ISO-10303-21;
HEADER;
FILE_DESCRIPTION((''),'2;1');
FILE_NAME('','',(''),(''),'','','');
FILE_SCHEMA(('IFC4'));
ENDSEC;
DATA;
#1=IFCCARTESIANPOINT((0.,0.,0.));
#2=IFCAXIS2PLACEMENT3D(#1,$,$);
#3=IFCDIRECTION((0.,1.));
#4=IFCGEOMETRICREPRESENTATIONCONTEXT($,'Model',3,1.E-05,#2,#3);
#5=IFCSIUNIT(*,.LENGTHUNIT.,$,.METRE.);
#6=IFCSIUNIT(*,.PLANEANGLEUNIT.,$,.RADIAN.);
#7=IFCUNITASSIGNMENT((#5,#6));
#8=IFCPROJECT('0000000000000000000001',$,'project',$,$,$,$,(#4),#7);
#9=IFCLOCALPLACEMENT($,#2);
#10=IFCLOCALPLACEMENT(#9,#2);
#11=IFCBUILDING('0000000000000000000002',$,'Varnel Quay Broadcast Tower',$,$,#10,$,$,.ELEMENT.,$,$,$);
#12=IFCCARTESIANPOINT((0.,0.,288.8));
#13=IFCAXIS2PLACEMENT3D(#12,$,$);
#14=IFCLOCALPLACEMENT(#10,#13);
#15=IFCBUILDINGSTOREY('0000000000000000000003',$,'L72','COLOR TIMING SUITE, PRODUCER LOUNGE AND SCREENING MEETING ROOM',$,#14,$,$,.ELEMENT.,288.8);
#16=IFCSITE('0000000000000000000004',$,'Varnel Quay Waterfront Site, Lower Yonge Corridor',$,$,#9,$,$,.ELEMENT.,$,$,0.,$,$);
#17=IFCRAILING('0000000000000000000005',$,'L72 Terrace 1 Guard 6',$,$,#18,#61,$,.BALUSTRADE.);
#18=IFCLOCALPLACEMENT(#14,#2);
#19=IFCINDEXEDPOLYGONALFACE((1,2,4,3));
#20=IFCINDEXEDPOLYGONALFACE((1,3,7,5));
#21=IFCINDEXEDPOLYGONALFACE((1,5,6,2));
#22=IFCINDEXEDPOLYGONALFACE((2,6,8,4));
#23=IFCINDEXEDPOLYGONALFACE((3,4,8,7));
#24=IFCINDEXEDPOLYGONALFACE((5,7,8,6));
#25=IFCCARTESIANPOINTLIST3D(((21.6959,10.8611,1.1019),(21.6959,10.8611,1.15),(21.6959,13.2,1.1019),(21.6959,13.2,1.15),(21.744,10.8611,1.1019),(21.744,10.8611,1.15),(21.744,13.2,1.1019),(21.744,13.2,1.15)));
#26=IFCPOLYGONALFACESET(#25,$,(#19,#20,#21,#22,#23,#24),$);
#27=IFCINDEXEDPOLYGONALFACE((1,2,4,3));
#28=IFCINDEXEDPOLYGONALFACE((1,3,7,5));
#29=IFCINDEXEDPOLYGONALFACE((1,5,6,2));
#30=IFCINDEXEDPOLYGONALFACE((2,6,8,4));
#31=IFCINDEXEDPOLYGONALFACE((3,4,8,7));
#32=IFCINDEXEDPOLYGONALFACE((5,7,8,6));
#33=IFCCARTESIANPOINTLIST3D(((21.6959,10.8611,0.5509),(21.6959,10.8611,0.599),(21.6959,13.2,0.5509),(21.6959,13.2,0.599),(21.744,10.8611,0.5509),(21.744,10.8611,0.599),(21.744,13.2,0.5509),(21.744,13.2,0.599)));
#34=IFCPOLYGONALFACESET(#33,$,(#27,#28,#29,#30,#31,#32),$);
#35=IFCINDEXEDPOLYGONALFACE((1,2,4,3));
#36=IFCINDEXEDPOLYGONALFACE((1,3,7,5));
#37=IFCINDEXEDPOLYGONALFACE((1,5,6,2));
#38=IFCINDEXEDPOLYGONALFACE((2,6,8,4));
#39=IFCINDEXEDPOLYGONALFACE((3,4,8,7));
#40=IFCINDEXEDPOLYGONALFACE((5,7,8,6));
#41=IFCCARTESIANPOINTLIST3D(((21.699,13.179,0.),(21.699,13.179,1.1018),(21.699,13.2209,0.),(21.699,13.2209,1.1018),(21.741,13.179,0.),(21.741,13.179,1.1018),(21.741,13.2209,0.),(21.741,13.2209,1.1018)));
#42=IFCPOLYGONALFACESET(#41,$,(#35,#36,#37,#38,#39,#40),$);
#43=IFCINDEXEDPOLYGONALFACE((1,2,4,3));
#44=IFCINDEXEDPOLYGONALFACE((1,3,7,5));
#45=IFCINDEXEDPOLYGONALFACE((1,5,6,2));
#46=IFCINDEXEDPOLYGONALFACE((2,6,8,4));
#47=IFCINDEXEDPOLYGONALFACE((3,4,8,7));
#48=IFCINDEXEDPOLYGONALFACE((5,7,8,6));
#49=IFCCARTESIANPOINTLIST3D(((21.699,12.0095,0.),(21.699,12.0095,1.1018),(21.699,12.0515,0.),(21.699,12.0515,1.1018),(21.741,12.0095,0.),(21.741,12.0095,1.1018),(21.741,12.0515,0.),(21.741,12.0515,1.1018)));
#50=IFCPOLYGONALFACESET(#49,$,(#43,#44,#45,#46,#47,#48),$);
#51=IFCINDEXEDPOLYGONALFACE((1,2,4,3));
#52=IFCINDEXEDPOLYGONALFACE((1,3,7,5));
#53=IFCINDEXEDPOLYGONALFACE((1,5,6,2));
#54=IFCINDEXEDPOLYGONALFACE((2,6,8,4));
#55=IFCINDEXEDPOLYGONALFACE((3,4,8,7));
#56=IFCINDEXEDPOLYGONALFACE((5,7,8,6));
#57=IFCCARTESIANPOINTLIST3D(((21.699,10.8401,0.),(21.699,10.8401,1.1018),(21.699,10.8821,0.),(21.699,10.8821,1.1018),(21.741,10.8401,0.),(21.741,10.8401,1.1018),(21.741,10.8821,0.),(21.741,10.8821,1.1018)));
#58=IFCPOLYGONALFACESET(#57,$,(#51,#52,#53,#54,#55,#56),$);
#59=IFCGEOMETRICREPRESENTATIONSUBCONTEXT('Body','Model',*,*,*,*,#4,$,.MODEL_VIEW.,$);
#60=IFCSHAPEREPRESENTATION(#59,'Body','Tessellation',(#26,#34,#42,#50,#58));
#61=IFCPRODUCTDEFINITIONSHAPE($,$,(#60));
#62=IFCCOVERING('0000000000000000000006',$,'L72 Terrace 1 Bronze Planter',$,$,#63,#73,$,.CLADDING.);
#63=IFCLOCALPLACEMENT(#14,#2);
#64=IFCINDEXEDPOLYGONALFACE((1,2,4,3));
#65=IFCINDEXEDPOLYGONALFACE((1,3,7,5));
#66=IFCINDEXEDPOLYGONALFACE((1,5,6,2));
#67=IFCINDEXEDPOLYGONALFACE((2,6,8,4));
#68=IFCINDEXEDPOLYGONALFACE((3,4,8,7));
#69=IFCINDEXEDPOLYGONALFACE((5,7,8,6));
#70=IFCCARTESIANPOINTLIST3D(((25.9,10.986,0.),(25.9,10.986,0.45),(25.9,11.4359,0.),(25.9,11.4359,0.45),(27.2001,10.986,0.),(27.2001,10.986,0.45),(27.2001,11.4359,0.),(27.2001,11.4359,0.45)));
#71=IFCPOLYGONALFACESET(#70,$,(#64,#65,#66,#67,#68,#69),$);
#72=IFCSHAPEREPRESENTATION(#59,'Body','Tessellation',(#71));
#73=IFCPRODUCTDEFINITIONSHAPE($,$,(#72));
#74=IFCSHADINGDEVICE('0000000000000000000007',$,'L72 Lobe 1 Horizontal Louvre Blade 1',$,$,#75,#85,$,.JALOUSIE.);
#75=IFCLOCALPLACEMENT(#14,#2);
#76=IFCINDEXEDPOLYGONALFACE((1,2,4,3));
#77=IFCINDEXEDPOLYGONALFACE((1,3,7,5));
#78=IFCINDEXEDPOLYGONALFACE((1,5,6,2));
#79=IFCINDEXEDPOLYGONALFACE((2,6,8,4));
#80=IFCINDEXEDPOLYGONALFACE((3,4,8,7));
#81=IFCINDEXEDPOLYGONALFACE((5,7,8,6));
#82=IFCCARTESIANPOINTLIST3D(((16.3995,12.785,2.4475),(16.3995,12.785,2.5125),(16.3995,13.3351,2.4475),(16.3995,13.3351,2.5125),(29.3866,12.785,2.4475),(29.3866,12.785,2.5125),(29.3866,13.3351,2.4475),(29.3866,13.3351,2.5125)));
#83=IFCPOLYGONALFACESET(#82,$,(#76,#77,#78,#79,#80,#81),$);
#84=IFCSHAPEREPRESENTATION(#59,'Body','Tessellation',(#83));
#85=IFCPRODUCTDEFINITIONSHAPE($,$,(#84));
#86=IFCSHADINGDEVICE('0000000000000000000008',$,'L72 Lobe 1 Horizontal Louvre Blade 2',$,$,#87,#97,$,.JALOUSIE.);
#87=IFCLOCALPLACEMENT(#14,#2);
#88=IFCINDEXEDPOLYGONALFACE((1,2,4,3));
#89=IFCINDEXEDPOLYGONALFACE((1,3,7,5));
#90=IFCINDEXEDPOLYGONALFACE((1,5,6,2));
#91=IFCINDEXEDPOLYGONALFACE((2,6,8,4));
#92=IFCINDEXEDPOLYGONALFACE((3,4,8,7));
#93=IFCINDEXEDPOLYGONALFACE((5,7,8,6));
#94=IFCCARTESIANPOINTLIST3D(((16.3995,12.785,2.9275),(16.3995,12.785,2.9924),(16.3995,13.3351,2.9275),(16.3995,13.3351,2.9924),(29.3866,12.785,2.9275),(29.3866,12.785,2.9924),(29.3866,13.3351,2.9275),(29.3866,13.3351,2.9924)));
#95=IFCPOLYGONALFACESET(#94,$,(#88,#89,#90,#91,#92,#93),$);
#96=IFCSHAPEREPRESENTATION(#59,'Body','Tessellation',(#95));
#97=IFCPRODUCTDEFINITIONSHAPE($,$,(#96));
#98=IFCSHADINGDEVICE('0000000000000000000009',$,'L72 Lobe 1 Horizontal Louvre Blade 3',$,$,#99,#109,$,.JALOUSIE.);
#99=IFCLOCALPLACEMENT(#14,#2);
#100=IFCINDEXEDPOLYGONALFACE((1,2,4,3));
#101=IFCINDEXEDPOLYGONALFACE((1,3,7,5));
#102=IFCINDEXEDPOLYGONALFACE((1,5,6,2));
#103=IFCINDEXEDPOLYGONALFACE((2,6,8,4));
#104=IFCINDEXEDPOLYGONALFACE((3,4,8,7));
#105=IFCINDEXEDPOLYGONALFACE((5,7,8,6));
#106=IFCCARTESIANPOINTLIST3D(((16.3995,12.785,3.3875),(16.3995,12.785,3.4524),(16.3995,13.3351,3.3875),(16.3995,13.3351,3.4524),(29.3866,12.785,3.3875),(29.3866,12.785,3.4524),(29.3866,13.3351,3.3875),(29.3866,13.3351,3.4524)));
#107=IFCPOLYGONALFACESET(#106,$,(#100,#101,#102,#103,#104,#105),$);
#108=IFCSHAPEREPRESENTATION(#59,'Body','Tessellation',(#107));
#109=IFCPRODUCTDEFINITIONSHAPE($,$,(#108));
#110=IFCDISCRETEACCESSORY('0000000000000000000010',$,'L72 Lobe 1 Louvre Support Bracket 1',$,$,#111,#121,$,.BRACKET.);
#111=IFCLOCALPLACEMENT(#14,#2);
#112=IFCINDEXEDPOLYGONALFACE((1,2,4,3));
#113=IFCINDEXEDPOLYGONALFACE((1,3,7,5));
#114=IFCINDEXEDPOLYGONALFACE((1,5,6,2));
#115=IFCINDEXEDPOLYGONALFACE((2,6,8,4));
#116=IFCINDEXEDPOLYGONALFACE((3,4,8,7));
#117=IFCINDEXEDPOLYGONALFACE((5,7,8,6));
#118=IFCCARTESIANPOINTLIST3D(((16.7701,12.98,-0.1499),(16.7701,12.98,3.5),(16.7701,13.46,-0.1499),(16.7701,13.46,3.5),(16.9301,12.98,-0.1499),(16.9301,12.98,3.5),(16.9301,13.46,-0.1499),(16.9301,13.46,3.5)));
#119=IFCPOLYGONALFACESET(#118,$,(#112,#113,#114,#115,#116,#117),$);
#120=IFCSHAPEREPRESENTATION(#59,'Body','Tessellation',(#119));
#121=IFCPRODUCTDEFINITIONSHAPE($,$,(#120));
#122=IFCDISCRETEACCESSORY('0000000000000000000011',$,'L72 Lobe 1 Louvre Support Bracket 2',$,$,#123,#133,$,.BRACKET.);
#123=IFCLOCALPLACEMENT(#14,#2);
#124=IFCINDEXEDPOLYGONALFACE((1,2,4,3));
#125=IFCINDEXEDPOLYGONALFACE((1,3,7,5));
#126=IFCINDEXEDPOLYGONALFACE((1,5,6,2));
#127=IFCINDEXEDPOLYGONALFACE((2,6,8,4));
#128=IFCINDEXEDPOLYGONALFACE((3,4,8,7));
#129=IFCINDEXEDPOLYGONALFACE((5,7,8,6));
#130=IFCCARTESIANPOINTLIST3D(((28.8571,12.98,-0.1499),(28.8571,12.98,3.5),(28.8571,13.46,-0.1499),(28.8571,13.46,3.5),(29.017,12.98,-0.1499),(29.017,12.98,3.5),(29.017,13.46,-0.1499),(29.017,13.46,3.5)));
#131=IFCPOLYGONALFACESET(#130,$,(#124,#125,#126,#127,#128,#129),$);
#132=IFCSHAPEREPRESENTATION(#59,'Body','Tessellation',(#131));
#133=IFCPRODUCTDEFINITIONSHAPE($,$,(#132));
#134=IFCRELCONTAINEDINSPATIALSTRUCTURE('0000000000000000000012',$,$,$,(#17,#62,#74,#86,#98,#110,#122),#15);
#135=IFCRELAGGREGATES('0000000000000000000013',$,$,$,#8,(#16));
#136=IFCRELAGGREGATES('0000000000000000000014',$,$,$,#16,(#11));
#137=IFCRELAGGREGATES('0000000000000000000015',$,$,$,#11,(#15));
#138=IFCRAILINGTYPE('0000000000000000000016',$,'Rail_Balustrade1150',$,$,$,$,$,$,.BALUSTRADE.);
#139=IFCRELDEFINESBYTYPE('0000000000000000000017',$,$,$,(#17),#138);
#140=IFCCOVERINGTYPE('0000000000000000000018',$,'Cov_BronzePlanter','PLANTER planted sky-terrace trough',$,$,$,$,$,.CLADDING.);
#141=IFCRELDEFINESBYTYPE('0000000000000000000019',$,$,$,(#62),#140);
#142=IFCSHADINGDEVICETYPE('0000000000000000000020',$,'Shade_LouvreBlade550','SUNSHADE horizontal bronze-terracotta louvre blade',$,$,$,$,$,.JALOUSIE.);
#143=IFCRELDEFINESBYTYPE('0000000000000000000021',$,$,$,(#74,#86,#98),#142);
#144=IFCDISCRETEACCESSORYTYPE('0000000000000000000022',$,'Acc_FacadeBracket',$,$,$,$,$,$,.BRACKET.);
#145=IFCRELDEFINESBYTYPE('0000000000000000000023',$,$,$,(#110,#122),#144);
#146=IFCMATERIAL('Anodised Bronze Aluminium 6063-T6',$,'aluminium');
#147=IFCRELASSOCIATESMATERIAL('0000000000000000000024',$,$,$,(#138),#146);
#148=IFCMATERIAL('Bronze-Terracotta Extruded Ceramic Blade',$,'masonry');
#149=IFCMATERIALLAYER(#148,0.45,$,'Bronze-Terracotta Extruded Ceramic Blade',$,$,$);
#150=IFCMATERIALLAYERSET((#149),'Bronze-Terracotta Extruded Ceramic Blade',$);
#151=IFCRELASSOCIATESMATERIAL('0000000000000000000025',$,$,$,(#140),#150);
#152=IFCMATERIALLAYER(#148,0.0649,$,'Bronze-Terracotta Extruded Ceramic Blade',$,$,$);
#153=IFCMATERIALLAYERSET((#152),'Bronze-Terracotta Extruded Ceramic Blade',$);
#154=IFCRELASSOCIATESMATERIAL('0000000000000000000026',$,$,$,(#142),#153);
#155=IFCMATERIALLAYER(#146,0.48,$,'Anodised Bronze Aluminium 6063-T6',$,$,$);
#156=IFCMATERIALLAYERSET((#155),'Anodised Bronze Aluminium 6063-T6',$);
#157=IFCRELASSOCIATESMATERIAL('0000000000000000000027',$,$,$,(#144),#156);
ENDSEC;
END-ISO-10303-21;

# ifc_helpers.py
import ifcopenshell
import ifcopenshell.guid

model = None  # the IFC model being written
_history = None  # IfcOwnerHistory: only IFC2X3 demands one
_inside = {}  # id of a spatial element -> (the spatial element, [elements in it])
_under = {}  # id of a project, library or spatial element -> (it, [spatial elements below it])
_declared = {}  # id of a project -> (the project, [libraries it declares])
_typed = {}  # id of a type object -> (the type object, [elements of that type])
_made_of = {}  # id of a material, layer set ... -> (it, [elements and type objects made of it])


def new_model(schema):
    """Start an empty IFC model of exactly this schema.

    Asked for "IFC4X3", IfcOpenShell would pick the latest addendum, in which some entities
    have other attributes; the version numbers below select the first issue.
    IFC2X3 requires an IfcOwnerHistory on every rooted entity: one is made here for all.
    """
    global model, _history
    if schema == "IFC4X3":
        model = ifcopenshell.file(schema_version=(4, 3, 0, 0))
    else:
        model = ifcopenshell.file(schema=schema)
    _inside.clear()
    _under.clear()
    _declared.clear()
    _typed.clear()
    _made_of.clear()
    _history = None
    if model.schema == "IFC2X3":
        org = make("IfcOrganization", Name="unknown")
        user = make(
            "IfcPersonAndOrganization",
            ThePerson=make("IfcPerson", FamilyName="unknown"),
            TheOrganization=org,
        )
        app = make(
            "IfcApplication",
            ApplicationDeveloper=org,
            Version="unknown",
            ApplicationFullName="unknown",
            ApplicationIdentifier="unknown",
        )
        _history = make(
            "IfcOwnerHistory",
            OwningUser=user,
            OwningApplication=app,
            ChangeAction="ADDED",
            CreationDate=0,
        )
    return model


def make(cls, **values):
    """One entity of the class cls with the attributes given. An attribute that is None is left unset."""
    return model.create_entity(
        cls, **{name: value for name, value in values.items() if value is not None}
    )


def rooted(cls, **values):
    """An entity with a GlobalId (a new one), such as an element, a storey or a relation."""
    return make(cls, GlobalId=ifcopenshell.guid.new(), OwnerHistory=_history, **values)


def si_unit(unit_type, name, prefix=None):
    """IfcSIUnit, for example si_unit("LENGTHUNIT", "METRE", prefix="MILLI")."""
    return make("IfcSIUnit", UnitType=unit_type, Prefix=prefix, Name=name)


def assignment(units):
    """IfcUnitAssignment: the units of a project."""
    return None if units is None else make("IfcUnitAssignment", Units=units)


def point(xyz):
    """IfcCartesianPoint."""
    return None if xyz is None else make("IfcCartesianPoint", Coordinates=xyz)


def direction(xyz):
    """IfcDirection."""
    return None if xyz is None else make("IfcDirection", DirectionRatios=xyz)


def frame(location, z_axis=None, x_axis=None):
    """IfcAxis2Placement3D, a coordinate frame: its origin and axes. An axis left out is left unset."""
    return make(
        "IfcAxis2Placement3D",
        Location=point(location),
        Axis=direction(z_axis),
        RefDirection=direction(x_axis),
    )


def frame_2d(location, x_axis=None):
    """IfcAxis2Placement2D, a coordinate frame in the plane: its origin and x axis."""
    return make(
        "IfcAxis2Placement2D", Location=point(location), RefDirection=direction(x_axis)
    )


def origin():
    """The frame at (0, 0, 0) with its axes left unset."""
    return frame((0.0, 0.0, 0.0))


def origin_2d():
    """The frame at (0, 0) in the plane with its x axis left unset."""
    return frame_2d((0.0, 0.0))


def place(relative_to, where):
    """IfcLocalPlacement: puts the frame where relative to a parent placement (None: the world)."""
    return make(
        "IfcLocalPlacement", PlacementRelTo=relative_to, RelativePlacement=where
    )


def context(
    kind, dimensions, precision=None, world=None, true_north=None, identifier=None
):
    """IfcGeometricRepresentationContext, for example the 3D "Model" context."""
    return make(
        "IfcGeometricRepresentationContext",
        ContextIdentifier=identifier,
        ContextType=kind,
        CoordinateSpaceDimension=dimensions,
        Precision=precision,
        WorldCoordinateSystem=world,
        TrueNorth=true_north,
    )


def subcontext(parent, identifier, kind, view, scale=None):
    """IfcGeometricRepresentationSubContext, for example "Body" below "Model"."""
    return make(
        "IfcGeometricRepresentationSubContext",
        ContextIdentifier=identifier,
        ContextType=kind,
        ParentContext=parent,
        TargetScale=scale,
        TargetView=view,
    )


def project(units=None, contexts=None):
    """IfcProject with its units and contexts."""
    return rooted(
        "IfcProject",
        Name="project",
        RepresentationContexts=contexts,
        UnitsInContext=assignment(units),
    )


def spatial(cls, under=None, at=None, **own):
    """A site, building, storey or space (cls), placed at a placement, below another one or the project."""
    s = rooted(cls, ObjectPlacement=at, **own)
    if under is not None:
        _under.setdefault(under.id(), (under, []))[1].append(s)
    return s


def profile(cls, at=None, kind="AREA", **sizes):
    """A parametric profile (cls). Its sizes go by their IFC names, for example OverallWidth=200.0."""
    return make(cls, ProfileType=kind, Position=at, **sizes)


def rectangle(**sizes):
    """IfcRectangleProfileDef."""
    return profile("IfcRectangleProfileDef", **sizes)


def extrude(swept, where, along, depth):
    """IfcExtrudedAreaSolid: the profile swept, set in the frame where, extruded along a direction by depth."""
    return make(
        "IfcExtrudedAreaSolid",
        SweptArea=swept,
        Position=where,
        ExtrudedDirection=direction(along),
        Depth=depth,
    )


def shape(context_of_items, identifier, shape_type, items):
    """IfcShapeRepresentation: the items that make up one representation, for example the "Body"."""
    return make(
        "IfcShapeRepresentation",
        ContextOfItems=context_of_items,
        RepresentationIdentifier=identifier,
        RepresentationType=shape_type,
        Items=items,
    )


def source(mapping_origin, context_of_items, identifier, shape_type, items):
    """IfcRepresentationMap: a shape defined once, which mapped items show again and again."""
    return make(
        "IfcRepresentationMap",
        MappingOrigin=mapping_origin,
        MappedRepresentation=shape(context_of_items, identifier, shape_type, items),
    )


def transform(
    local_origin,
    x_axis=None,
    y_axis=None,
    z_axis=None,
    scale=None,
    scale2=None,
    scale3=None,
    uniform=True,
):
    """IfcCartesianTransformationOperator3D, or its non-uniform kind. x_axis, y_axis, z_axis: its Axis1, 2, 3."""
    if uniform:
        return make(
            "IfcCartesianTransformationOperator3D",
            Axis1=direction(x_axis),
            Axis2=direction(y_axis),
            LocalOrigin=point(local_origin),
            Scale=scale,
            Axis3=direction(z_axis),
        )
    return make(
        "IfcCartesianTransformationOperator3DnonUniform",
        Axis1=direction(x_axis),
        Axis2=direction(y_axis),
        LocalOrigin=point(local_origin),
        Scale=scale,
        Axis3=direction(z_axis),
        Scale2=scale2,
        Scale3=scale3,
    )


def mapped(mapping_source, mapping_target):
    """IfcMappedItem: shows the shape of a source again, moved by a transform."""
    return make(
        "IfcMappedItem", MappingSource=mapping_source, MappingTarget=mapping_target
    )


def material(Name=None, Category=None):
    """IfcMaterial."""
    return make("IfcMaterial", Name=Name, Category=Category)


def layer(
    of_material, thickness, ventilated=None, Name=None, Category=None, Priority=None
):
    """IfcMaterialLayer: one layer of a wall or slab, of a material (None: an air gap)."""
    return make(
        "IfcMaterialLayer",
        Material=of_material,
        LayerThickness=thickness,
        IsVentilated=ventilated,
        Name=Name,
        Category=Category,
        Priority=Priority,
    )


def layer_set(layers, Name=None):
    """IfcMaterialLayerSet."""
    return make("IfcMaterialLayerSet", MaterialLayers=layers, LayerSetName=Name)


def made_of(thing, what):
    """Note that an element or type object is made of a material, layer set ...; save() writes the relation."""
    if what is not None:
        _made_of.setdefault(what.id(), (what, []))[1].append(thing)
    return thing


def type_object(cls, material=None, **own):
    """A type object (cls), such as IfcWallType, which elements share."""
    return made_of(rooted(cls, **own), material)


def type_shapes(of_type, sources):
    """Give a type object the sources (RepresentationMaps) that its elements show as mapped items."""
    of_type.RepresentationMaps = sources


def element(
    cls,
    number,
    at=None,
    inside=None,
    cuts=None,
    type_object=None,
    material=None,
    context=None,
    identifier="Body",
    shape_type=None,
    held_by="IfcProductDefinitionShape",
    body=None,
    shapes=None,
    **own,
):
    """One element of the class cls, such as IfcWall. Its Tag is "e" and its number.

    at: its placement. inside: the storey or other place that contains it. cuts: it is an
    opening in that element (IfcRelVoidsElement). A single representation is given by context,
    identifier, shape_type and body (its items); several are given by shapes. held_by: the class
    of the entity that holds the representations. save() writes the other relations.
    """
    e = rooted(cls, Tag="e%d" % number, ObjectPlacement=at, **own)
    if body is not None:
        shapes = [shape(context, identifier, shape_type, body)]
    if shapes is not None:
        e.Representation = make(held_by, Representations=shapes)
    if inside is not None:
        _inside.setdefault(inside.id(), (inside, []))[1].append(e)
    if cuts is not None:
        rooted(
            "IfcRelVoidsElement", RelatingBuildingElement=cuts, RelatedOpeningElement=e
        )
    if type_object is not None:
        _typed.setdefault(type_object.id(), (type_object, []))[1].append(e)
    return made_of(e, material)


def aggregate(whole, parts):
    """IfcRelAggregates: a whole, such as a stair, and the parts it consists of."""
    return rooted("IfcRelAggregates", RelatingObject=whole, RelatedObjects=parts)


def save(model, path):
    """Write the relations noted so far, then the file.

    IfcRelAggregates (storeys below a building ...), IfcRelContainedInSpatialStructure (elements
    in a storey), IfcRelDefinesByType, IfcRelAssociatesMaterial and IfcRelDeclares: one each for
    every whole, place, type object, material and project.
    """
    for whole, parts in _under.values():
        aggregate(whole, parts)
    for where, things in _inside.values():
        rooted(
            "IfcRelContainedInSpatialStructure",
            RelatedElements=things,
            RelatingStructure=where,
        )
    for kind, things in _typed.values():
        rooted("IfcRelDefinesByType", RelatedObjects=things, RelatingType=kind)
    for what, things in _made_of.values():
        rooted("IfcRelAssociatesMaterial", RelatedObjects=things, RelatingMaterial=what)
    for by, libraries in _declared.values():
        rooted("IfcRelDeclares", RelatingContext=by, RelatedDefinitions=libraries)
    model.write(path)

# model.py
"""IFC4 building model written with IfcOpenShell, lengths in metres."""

from ifc_helpers import new_model, si_unit, direction, frame, origin, origin_2d, place, context, subcontext, project, spatial, rectangle, extrude, source, transform, mapped, material, layer, layer_set, type_object, type_shapes, element, save


model = new_model("IFC4")

# Units and contexts
model_context = context("Model", 3, precision=1e-05, world=origin(), true_north=direction((0.0, 1.0)))
body_context = subcontext(model_context, "Body", "Model", "MODEL_VIEW")
ifc_project = project(units=[si_unit("LENGTHUNIT", "METRE"), si_unit("PLANEANGLEUNIT", "RADIAN")], contexts=[model_context])

# Site, building, storey
site_placement = place(None, origin())
site = spatial("IfcSite", under=ifc_project, at=site_placement, Name="Varnel Quay Waterfront Site, Lower Yonge Corridor", CompositionType="ELEMENT", RefElevation=0.0)
building_placement = place(site_placement, origin())
building = spatial("IfcBuilding", under=site, at=building_placement, Name="Varnel Quay Broadcast Tower", CompositionType="ELEMENT")
storey_placement = place(building_placement, frame((0.0, 0.0, 288.8)))
storey = spatial("IfcBuildingStorey", under=building, at=storey_placement, Name="L72", Description="COLOR TIMING SUITE, PRODUCER LOUNGE AND SCREENING MEETING ROOM", CompositionType="ELEMENT", Elevation=288.8)

# Shared definitions
ifc_material_1 = material(Name="Anodised Bronze Aluminium 6063-T6", Category="aluminium")

# Railing
railing_type = type_object("IfcRailingType", Name="Rail_Balustrade1150", PredefinedType="BALUSTRADE", material=ifc_material_1)
railing_1_placement = place(storey_placement, frame((21.72, 13.2, 0.0)))
element("IfcRailing", 1, at=railing_1_placement, inside=storey, type_object=railing_type, Name="L72 Terrace 1 Guard 6", PredefinedType="BALUSTRADE", context=body_context, shape_type="SweptSolid", body=[
    extrude(rectangle(XDim=0.0481, YDim=0.0481, at=origin_2d()), frame((0.0, 0.0, 1.126), z_axis=(0.0, -1.0, 0.0), x_axis=(1.0, 0.0, 0.0)), (0.0, 0.0, 1.0), 2.3389),
    extrude(rectangle(XDim=0.0481, YDim=0.0481, at=origin_2d()), frame((0.0, 0.0, 0.575), z_axis=(0.0, -1.0, 0.0), x_axis=(1.0, 0.0, 0.0)), (0.0, 0.0, 1.0), 2.3389),
    extrude(rectangle(XDim=0.042, YDim=0.042, at=origin_2d()), origin(), (0.0, 0.0, 1.0), 1.1018),
    extrude(rectangle(XDim=0.042, YDim=0.042, at=origin_2d()), frame((0.0, -1.1694, 0.0)), (0.0, 0.0, 1.0), 1.1018),
    extrude(rectangle(XDim=0.042, YDim=0.042, at=origin_2d()), frame((0.0, -2.3389, 0.0)), (0.0, 0.0, 1.0), 1.1018),
])

# Covering
ifc_material_2 = material(Name="Bronze-Terracotta Extruded Ceramic Blade", Category="masonry")
ifc_layer_1 = layer(ifc_material_2, 0.45, Name="Bronze-Terracotta Extruded Ceramic Blade")
ifc_layer_set_1 = layer_set([ifc_layer_1], Name="Bronze-Terracotta Extruded Ceramic Blade")
covering_type = type_object("IfcCoveringType", Name="Cov_BronzePlanter", Description="PLANTER planted sky-terrace trough", PredefinedType="CLADDING", material=ifc_layer_set_1)
shared_shape_1 = source(origin(), body_context, "Body", "SweptSolid", [
    extrude(rectangle(XDim=1.3, YDim=0.45, at=origin_2d()), origin(), (0.0, 0.0, 1.0), 0.45),
])
type_shapes(covering_type, [shared_shape_1])
covering_placement = place(storey_placement, frame((26.55, 11.2109, 0.0), z_axis=(0.0, 0.0, 1.0), x_axis=(1.0, 0.0, 0.0)))
element("IfcCovering", 2, at=covering_placement, inside=storey, type_object=covering_type, Name="L72 Terrace 1 Bronze Planter", PredefinedType="CLADDING", context=body_context, shape_type="MappedRepresentation", body=[
    mapped(shared_shape_1, transform((0.0, 0.0, 0.0), x_axis=(1.0, 0.0, 0.0), y_axis=(0.0, 1.0, 0.0), z_axis=(0.0, 0.0, 1.0), scale=1.0)),
])

# Shading devices
ifc_layer_2 = layer(ifc_material_2, 0.0649, Name="Bronze-Terracotta Extruded Ceramic Blade")
ifc_layer_set_2 = layer_set([ifc_layer_2], Name="Bronze-Terracotta Extruded Ceramic Blade")
shading_device_type = type_object("IfcShadingDeviceType", Name="Shade_LouvreBlade550", Description="SUNSHADE horizontal bronze-terracotta louvre blade", PredefinedType="JALOUSIE", material=ifc_layer_set_2)
shared_shape_2 = source(origin(), body_context, "Body", "SweptSolid", [
    extrude(rectangle(XDim=12.9871, YDim=0.55, at=origin_2d()), origin(), (0.0, 0.0, 1.0), 0.0649),
])
type_shapes(shading_device_type, [shared_shape_2])
for number, where, z_axis, x_axis, name in (
    (3, (22.8931, 13.0601, 2.4475), (0.0, 0.0, 1.0), (1.0, 0.0, 0.0), "L72 Lobe 1 Horizontal Louvre Blade 1"),
    (4, (22.8931, 13.0601, 2.9275), (0.0, 0.0, 1.0), (1.0, 0.0, 0.0), "L72 Lobe 1 Horizontal Louvre Blade 2"),
    (5, (22.8931, 13.0601, 3.3875), (0.0, 0.0, 1.0), (1.0, 0.0, 0.0), "L72 Lobe 1 Horizontal Louvre Blade 3"),
):
    element("IfcShadingDevice", number, at=place(storey_placement, frame(where, z_axis=z_axis, x_axis=x_axis)), inside=storey, type_object=shading_device_type, Name=name, PredefinedType="JALOUSIE", context=body_context, shape_type="MappedRepresentation", body=[
        mapped(shared_shape_2, transform((0.0, 0.0, 0.0), x_axis=(1.0, 0.0, 0.0), y_axis=(0.0, 1.0, 0.0), z_axis=(0.0, 0.0, 1.0), scale=1.0)),
    ])

# Discrete accessories
ifc_layer_3 = layer(ifc_material_1, 0.48, Name="Anodised Bronze Aluminium 6063-T6")
ifc_layer_set_3 = layer_set([ifc_layer_3], Name="Anodised Bronze Aluminium 6063-T6")
discrete_accessory_type = type_object("IfcDiscreteAccessoryType", Name="Acc_FacadeBracket", PredefinedType="BRACKET", material=ifc_layer_set_3)
shared_shape_3 = source(origin(), body_context, "Body", "SweptSolid", [
    extrude(rectangle(XDim=0.1599, YDim=0.48, at=origin_2d()), origin(), (0.0, 0.0, 1.0), 3.6499),
])
type_shapes(discrete_accessory_type, [shared_shape_3])
for number, where, z_axis, x_axis, name in (
    (6, (16.8501, 13.22, -0.1499), (0.0, 0.0, 1.0), (1.0, 0.0, 0.0), "L72 Lobe 1 Louvre Support Bracket 1"),
    (7, (28.937, 13.22, -0.1499), (0.0, 0.0, 1.0), (1.0, 0.0, 0.0), "L72 Lobe 1 Louvre Support Bracket 2"),
):
    element("IfcDiscreteAccessory", number, at=place(storey_placement, frame(where, z_axis=z_axis, x_axis=x_axis)), inside=storey, type_object=discrete_accessory_type, Name=name, PredefinedType="BRACKET", context=body_context, shape_type="MappedRepresentation", body=[
        mapped(shared_shape_3, transform((0.0, 0.0, 0.0), x_axis=(1.0, 0.0, 0.0), y_axis=(0.0, 1.0, 0.0), z_axis=(0.0, 0.0, 1.0), scale=1.0)),
    ])

save(model, "model.ifc")
